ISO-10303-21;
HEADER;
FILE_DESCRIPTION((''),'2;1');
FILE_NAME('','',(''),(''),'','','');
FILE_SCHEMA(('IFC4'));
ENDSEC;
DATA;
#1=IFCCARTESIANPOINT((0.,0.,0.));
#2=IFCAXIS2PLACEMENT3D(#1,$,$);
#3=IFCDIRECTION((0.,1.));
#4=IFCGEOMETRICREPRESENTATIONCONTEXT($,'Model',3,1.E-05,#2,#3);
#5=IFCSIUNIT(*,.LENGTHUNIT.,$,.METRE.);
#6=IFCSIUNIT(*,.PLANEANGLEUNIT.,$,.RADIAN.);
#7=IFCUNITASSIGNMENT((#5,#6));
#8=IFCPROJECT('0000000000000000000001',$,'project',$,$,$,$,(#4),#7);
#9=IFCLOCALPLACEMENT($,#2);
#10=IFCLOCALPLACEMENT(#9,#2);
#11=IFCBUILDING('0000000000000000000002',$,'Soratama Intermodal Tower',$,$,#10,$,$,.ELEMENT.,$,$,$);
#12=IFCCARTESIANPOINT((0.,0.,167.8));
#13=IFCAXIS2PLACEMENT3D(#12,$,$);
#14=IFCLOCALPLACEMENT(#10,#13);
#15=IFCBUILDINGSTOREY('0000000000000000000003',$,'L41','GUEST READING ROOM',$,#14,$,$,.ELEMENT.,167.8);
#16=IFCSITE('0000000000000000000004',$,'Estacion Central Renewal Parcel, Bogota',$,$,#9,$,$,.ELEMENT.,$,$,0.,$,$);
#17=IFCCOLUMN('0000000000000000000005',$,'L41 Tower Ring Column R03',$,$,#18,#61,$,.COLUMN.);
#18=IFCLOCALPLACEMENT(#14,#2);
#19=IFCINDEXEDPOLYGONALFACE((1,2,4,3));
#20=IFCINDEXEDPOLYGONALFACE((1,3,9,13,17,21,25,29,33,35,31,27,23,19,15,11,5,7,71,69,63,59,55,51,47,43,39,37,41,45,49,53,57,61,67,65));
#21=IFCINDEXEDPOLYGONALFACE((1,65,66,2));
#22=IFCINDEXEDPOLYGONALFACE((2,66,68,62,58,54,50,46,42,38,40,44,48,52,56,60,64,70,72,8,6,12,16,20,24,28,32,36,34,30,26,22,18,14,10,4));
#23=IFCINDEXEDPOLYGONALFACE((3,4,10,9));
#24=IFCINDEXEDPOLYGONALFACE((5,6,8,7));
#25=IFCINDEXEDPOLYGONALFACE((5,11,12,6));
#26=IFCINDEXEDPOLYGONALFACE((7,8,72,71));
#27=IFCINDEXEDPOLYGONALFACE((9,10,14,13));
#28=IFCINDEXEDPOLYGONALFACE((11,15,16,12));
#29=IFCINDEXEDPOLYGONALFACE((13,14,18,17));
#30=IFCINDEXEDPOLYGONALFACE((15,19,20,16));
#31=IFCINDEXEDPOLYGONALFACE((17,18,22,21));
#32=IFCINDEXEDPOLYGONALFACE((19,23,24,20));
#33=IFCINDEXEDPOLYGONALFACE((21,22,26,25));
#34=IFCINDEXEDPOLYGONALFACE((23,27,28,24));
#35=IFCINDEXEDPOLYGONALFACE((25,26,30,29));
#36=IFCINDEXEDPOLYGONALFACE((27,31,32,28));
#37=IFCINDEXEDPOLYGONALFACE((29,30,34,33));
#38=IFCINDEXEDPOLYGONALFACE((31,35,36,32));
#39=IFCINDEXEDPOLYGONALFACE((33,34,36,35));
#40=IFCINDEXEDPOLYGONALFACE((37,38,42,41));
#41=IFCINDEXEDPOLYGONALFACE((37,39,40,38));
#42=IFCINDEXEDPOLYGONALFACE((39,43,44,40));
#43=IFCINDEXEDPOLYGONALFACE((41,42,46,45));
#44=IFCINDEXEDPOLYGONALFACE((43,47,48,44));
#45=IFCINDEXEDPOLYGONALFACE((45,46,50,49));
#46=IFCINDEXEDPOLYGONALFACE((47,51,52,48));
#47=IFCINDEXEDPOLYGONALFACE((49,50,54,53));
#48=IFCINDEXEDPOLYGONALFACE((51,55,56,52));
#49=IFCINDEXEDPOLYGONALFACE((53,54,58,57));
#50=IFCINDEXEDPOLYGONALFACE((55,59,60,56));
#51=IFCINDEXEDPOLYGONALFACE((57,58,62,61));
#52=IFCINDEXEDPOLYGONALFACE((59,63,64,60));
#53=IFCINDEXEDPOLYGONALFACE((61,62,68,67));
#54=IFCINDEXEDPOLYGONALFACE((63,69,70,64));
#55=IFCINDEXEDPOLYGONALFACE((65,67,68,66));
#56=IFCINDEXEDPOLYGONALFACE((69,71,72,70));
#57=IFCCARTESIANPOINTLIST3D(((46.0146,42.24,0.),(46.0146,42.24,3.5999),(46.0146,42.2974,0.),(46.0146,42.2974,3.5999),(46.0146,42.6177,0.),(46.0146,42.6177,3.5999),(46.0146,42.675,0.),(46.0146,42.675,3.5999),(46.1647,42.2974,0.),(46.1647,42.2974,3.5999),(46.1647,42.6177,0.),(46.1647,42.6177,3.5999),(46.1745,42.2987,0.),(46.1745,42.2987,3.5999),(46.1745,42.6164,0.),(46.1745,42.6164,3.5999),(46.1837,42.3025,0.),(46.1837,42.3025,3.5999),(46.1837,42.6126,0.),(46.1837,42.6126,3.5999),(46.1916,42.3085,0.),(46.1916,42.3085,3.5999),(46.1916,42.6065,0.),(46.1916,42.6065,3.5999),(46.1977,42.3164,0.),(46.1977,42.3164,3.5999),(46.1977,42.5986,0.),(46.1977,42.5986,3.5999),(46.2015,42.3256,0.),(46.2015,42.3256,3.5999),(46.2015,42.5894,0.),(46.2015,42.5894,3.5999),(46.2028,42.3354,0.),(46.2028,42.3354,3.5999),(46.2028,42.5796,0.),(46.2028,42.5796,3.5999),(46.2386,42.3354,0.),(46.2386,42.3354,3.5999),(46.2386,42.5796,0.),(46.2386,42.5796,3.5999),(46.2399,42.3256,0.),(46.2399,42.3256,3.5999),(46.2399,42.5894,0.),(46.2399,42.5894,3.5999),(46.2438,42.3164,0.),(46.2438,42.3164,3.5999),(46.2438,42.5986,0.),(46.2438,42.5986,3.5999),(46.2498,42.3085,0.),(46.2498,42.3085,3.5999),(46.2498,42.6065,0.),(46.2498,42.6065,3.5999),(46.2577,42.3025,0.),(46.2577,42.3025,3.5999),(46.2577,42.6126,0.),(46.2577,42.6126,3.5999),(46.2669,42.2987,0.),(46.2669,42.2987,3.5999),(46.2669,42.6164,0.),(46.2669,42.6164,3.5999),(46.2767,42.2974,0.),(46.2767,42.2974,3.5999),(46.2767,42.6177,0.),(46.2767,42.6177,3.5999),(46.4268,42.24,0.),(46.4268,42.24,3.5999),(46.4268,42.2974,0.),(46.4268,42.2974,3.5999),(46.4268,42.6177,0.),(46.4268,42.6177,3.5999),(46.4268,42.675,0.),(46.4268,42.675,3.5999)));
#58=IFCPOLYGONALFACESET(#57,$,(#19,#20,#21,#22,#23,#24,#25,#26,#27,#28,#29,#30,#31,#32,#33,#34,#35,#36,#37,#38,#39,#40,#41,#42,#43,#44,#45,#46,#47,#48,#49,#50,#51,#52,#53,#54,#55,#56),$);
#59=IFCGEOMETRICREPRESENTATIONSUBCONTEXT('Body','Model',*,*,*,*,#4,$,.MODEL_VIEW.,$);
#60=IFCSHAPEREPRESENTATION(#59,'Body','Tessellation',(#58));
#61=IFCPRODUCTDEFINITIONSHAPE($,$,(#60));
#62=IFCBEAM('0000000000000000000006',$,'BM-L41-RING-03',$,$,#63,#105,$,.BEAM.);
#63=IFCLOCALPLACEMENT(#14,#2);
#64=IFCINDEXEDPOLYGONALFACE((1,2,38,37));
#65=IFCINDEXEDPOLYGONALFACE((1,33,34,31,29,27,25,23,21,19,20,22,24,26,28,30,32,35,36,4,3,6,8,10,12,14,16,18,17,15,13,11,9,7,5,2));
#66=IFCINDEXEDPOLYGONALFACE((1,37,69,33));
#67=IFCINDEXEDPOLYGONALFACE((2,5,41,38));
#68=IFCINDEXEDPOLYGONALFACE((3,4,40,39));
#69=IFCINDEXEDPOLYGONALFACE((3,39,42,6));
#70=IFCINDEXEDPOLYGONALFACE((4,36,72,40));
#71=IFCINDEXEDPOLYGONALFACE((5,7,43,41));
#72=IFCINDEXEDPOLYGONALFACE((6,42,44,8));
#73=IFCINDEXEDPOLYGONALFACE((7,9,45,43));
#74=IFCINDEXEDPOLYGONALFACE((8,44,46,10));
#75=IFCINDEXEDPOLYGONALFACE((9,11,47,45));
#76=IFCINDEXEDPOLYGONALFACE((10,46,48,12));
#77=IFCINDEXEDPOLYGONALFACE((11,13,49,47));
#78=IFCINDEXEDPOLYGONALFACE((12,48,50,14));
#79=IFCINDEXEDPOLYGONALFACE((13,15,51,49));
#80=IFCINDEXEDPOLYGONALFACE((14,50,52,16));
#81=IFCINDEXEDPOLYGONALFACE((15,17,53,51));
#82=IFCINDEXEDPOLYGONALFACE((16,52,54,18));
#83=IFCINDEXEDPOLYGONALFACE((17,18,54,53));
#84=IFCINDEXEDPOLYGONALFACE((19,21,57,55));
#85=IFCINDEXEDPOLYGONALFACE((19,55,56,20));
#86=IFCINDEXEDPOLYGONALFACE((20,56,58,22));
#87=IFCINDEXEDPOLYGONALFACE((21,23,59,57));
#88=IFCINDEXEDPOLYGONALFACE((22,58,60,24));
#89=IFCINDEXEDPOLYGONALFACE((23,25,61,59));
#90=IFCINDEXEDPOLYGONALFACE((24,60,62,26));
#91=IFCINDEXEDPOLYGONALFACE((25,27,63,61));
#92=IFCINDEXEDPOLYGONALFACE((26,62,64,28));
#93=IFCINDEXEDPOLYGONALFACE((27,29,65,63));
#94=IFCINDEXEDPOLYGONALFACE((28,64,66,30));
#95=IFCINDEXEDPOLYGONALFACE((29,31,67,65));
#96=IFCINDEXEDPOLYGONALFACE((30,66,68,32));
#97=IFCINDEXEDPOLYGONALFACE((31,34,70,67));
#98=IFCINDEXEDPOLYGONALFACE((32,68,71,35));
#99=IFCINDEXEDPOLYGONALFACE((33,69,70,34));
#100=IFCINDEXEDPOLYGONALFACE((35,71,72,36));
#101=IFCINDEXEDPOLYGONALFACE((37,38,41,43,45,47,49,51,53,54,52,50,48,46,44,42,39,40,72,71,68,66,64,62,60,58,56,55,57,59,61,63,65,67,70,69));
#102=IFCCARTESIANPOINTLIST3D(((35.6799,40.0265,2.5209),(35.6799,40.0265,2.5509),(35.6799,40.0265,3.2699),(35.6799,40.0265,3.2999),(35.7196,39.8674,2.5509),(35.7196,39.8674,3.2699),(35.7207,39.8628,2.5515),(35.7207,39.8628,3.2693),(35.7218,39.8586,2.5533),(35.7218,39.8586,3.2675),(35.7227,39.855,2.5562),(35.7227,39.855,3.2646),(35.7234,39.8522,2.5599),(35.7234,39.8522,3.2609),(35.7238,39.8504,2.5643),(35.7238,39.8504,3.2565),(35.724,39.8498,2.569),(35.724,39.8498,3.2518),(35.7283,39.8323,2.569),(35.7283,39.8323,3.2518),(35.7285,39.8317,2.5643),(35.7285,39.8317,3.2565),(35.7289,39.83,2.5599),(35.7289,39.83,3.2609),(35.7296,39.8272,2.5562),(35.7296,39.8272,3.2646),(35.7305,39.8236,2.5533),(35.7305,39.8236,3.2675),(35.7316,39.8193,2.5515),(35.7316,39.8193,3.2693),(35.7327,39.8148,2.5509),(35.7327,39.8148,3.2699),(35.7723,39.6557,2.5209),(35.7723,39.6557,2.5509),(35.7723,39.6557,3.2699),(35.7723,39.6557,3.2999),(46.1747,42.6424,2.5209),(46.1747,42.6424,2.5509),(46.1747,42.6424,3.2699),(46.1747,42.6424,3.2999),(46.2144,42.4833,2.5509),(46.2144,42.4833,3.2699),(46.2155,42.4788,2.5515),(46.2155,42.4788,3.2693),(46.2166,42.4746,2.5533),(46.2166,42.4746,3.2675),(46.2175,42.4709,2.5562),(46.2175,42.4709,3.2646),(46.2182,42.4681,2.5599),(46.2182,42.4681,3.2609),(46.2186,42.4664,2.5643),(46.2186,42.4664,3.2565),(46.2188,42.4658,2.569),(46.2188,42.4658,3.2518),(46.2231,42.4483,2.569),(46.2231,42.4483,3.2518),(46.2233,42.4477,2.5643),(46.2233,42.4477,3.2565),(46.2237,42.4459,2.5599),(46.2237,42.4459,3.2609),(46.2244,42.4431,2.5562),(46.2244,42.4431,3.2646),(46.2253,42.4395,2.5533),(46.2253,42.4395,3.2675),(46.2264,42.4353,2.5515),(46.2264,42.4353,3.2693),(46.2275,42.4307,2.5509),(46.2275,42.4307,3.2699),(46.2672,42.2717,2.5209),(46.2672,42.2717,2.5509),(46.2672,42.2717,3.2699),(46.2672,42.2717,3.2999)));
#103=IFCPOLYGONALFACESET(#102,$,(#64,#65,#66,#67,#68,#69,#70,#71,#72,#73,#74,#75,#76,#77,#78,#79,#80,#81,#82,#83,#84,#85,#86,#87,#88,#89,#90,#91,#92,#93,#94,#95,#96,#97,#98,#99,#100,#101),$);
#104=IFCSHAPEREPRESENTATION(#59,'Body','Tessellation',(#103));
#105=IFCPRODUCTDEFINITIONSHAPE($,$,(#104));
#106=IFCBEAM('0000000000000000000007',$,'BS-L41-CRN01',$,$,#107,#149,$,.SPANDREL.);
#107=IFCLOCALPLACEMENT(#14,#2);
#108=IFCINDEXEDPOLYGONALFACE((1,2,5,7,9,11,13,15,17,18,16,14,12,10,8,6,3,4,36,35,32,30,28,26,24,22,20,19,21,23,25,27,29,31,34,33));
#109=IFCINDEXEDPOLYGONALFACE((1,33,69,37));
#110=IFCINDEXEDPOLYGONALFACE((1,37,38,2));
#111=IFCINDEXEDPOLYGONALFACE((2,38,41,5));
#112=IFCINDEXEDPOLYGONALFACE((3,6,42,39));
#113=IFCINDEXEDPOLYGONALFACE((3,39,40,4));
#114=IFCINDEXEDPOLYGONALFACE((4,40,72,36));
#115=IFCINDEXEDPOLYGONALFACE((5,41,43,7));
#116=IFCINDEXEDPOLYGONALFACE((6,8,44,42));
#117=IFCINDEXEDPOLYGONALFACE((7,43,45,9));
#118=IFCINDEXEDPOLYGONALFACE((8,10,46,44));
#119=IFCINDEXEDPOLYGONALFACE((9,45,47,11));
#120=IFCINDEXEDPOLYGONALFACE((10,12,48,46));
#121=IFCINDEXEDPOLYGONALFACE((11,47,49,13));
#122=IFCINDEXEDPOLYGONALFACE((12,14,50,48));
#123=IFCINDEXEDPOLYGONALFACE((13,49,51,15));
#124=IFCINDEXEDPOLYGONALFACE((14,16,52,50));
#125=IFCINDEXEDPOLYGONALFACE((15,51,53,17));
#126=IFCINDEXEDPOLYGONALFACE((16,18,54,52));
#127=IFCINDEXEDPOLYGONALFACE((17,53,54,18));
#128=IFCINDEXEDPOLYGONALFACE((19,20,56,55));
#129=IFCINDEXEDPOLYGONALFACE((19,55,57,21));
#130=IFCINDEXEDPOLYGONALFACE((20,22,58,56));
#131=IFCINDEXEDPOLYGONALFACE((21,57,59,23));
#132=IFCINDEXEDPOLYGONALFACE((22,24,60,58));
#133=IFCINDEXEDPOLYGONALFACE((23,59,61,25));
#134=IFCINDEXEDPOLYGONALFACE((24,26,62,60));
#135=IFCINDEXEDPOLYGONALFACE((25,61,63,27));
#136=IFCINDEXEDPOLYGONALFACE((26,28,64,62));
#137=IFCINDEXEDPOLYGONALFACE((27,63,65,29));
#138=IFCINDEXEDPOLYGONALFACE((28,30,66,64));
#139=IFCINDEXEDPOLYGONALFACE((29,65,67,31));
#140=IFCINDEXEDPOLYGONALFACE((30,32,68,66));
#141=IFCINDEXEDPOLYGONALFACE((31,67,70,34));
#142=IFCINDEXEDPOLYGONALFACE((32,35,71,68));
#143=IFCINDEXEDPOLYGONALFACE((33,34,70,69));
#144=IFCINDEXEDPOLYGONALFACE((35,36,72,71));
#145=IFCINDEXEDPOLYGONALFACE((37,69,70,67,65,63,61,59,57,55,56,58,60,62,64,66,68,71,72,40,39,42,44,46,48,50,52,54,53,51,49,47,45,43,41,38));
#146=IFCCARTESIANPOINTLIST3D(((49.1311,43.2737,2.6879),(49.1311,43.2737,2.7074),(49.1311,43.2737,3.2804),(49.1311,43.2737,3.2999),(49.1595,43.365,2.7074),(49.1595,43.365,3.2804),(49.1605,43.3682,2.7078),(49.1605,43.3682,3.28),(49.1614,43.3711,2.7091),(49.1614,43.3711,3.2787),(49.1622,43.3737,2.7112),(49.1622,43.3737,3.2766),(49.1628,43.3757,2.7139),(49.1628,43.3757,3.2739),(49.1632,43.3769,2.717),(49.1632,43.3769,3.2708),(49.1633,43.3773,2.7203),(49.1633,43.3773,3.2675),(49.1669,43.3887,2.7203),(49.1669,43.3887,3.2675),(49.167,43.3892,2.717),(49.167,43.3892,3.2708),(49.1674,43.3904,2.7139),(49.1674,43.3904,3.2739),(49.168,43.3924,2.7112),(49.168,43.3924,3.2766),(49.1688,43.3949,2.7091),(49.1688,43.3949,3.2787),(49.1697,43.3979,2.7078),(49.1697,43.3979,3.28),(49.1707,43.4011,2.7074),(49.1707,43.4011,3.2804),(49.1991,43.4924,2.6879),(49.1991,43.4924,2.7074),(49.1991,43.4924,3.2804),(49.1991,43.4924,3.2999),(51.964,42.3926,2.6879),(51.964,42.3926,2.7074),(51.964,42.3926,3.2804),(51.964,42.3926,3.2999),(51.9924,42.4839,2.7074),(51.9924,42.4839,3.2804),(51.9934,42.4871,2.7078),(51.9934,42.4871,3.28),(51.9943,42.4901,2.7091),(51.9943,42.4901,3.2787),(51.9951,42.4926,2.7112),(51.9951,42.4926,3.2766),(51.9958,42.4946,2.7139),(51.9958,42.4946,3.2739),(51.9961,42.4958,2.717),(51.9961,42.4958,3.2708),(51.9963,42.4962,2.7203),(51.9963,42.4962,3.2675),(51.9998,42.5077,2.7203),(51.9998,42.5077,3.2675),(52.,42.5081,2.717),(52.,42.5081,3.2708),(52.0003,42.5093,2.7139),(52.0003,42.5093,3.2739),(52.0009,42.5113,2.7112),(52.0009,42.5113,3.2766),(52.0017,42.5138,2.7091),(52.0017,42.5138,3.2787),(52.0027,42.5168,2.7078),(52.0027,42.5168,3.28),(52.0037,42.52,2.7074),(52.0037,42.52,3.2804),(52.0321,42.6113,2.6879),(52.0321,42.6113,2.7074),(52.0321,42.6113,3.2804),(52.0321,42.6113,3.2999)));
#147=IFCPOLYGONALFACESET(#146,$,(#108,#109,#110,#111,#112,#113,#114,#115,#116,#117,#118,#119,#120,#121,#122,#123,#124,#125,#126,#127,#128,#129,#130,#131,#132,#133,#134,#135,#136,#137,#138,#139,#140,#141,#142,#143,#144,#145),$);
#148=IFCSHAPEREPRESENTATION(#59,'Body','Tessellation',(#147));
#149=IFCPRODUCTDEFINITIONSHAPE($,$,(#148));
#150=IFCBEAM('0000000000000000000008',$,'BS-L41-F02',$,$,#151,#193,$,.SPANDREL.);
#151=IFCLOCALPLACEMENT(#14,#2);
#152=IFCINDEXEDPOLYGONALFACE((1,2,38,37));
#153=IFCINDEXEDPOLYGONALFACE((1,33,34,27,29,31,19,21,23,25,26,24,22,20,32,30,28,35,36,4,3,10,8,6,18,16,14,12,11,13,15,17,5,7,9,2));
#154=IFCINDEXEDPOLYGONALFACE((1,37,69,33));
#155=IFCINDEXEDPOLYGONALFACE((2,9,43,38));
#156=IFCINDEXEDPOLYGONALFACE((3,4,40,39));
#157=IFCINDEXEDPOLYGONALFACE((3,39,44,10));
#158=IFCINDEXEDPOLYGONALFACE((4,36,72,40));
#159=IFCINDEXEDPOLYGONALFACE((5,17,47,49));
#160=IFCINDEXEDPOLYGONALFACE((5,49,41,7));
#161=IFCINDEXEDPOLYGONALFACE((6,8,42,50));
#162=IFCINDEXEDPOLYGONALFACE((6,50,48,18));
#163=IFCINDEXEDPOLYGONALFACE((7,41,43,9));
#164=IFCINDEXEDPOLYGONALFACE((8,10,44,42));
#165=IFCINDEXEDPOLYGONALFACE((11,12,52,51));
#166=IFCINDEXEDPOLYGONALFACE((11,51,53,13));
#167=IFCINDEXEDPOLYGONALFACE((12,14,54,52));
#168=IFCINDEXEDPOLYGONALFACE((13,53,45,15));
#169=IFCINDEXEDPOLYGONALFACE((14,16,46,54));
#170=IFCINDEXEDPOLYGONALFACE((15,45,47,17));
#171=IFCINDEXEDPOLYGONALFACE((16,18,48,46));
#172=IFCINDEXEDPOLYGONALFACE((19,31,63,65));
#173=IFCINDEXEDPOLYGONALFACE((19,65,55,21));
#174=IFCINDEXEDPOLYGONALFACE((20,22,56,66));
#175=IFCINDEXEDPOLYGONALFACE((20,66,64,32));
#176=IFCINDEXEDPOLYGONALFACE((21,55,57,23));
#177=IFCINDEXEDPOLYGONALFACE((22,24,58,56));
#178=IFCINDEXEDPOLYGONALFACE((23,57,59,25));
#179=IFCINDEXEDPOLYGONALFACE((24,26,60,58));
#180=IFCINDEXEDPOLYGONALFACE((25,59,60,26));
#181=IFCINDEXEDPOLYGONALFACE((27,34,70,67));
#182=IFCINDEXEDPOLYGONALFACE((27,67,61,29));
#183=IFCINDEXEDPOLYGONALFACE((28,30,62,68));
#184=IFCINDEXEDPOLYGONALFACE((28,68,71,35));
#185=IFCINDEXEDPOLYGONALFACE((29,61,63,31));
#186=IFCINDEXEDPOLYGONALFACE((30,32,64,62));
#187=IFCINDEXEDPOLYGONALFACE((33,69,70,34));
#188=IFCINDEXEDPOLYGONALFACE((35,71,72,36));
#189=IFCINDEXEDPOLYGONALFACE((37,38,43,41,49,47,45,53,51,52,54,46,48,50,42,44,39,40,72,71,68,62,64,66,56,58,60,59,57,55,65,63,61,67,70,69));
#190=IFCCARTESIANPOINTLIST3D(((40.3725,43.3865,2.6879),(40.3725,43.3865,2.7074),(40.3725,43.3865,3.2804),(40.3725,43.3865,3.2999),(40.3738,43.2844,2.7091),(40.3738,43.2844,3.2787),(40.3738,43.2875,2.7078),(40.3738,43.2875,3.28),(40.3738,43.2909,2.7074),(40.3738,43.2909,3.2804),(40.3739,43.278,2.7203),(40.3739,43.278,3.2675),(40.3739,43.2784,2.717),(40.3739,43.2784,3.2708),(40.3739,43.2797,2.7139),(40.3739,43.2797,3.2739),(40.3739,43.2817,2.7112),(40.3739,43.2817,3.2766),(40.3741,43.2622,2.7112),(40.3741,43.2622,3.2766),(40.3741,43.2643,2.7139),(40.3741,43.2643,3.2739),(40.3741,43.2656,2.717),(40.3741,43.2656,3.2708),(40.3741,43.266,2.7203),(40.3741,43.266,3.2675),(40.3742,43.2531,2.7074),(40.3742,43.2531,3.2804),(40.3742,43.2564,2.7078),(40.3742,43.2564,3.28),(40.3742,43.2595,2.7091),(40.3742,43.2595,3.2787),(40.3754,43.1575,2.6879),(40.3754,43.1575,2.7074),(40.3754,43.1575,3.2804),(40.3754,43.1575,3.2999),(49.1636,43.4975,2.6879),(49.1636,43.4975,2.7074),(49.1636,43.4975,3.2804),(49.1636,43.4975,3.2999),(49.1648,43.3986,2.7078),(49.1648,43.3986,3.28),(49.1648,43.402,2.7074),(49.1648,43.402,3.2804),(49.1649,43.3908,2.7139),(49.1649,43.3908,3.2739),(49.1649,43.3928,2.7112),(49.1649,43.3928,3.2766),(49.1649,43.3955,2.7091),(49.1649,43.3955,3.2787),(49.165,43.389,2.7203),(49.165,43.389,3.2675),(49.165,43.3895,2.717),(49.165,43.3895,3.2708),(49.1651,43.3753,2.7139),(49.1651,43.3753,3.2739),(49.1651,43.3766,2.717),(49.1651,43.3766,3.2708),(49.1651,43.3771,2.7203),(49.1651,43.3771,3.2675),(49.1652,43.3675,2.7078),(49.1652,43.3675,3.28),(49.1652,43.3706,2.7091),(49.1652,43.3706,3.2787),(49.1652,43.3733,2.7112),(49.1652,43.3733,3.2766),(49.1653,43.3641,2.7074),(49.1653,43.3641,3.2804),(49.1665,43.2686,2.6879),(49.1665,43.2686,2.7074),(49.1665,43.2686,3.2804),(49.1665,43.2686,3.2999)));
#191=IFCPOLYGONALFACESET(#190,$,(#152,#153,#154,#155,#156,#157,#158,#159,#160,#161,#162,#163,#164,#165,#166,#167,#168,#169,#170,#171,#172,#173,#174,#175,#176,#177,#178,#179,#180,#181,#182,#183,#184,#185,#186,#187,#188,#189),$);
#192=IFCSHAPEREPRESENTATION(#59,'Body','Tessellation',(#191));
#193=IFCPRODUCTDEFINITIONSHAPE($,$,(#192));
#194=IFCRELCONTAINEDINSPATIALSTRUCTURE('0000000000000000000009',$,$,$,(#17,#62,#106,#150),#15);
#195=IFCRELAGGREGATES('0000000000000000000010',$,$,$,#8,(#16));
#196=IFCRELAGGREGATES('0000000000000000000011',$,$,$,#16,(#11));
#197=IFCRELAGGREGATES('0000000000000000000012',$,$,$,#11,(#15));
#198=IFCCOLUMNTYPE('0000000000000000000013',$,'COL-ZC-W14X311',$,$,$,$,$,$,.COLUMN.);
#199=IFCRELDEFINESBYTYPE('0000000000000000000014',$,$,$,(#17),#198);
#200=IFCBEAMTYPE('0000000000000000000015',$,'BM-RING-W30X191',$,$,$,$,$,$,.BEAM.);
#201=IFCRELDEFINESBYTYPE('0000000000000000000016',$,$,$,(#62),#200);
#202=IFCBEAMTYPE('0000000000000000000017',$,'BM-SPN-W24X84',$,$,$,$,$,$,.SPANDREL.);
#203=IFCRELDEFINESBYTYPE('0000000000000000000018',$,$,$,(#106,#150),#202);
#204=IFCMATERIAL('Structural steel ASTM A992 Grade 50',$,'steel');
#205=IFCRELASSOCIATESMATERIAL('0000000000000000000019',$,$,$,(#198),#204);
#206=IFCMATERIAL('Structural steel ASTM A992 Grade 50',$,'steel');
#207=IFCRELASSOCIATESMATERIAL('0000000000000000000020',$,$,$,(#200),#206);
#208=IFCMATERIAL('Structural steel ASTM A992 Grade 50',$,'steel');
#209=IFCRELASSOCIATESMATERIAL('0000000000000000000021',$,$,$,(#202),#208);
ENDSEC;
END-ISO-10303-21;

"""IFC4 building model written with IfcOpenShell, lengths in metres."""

from ifc_helpers import new_model, si_unit, direction, frame, origin, origin_2d, place, context, subcontext, project, spatial, i_section, extrude, material, material_profile, profile_set, type_object, element, save


model = new_model("IFC4")

# Units and contexts
model_context = context("Model", 3, precision=1e-05, world=origin(), true_north=direction((0.0, 1.0)))
body_context = subcontext(model_context, "Body", "Model", "MODEL_VIEW")
ifc_project = project(units=[si_unit("LENGTHUNIT", "METRE"), si_unit("PLANEANGLEUNIT", "RADIAN")], contexts=[model_context])

# Site, building, storey
site_placement = place(None, origin())
site = spatial("IfcSite", under=ifc_project, at=site_placement, Name="Estacion Central Renewal Parcel, Bogota", CompositionType="ELEMENT", RefElevation=0.0)
building_placement = place(site_placement, origin())
building = spatial("IfcBuilding", under=site, at=building_placement, Name="Soratama Intermodal Tower", CompositionType="ELEMENT")
storey_placement = place(building_placement, frame((0.0, 0.0, 167.8)))
storey = spatial("IfcBuildingStorey", under=building, at=storey_placement, Name="L41", Description="GUEST READING ROOM", CompositionType="ELEMENT", Elevation=167.8)

# Column
ifc_material_1 = material(Name="Structural steel ASTM A992 Grade 50", Category="steel")
ifc_material_profile_1 = material_profile(ifc_material_1, i_section(OverallWidth=0.4121, OverallDepth=0.4351, WebThickness=0.0359, FlangeThickness=0.0574, FilletRadius=0.0381, at=origin_2d()), Name="W14X311")
ifc_profile_set_1 = profile_set([ifc_material_profile_1], Name="Structural steel ASTM A992 Grade 50")
column_type = type_object("IfcColumnType", Name="COL-ZC-W14X311", PredefinedType="COLUMN", material=ifc_profile_set_1)
column_placement = place(storey_placement, frame((46.2207, 42.4575, 0.0), z_axis=(0.0, 0.0, 1.0), x_axis=(1.0, 0.0, 0.0)))
element("IfcColumn", 1, at=column_placement, inside=storey, type_object=column_type, Name="L41 Tower Ring Column R03", PredefinedType="COLUMN", context=body_context, shape_type="SweptSolid", body=[
    extrude(i_section(OverallWidth=0.4121, OverallDepth=0.4351, WebThickness=0.0359, FlangeThickness=0.0574, FilletRadius=0.0381, at=origin_2d()), origin(), (0.0, 0.0, 1.0), 3.5999),
])

# Beams
ifc_material_2 = material(Name="Structural steel ASTM A992 Grade 50", Category="steel")
ifc_material_profile_2 = material_profile(ifc_material_2, i_section(OverallWidth=0.3821, OverallDepth=0.7791, WebThickness=0.0181, FlangeThickness=0.03, FilletRadius=0.0181, at=origin_2d()), Name="W30X191")
ifc_profile_set_2 = profile_set([ifc_material_profile_2], Name="Structural steel ASTM A992 Grade 50")
beam_type_1 = type_object("IfcBeamType", Name="BM-RING-W30X191", PredefinedType="BEAM", material=ifc_profile_set_2)
beam_1_placement = place(storey_placement, frame((46.2209, 42.457, 2.9104), z_axis=(-0.970311, -0.241861, 0.0), x_axis=(0.241861, -0.970311, 0.0)))
element("IfcBeam", 2, at=beam_1_placement, inside=storey, type_object=beam_type_1, Name="BM-L41-RING-03", PredefinedType="BEAM", context=body_context, shape_type="SweptSolid", body=[
    extrude(i_section(OverallWidth=0.3821, OverallDepth=0.7791, WebThickness=0.0181, FlangeThickness=0.03, FilletRadius=0.0181, at=origin_2d()), origin(), (0.0, 0.0, 1.0), 10.8159),
])
ifc_material_3 = material(Name="Structural steel ASTM A992 Grade 50", Category="steel")
ifc_material_profile_3 = material_profile(ifc_material_3, i_section(OverallWidth=0.229, OverallDepth=0.6121, WebThickness=0.012, FlangeThickness=0.0195, FilletRadius=0.0129, at=origin_2d()), Name="W24X84")
ifc_profile_set_3 = profile_set([ifc_material_profile_3], Name="Structural steel ASTM A992 Grade 50")
beam_type_2 = type_object("IfcBeamType", Name="BM-SPN-W24X84", PredefinedType="SPANDREL", material=ifc_profile_set_3)
beam_2_placement = place(storey_placement, frame((51.998, 42.502, 2.9939), z_axis=(-0.954883, 0.296982, 0.0), x_axis=(-0.296982, -0.954883, 0.0)))
element("IfcBeam", 3, at=beam_2_placement, inside=storey, type_object=beam_type_2, Name="BS-L41-CRN01", PredefinedType="SPANDREL", context=body_context, shape_type="SweptSolid", body=[
    extrude(i_section(OverallWidth=0.229, OverallDepth=0.6121, WebThickness=0.012, FlangeThickness=0.0195, FilletRadius=0.0129, at=origin_2d()), origin(), (0.0, 0.0, 1.0), 2.9668),
])
beam_3_placement = place(storey_placement, frame((49.165, 43.3831, 2.9939), z_axis=(-0.99992, -0.012635, 0.0), x_axis=(0.012635, -0.99992, 0.0)))
element("IfcBeam", 4, at=beam_3_placement, inside=storey, type_object=beam_type_2, Name="BS-L41-F02", PredefinedType="SPANDREL", context=body_context, shape_type="SweptSolid", body=[
    extrude(i_section(OverallWidth=0.229, OverallDepth=0.6121, WebThickness=0.012, FlangeThickness=0.0195, FilletRadius=0.0129, at=origin_2d()), origin(), (0.0, 0.0, 1.0), 8.7917),
])

save(model, "model.ifc")
